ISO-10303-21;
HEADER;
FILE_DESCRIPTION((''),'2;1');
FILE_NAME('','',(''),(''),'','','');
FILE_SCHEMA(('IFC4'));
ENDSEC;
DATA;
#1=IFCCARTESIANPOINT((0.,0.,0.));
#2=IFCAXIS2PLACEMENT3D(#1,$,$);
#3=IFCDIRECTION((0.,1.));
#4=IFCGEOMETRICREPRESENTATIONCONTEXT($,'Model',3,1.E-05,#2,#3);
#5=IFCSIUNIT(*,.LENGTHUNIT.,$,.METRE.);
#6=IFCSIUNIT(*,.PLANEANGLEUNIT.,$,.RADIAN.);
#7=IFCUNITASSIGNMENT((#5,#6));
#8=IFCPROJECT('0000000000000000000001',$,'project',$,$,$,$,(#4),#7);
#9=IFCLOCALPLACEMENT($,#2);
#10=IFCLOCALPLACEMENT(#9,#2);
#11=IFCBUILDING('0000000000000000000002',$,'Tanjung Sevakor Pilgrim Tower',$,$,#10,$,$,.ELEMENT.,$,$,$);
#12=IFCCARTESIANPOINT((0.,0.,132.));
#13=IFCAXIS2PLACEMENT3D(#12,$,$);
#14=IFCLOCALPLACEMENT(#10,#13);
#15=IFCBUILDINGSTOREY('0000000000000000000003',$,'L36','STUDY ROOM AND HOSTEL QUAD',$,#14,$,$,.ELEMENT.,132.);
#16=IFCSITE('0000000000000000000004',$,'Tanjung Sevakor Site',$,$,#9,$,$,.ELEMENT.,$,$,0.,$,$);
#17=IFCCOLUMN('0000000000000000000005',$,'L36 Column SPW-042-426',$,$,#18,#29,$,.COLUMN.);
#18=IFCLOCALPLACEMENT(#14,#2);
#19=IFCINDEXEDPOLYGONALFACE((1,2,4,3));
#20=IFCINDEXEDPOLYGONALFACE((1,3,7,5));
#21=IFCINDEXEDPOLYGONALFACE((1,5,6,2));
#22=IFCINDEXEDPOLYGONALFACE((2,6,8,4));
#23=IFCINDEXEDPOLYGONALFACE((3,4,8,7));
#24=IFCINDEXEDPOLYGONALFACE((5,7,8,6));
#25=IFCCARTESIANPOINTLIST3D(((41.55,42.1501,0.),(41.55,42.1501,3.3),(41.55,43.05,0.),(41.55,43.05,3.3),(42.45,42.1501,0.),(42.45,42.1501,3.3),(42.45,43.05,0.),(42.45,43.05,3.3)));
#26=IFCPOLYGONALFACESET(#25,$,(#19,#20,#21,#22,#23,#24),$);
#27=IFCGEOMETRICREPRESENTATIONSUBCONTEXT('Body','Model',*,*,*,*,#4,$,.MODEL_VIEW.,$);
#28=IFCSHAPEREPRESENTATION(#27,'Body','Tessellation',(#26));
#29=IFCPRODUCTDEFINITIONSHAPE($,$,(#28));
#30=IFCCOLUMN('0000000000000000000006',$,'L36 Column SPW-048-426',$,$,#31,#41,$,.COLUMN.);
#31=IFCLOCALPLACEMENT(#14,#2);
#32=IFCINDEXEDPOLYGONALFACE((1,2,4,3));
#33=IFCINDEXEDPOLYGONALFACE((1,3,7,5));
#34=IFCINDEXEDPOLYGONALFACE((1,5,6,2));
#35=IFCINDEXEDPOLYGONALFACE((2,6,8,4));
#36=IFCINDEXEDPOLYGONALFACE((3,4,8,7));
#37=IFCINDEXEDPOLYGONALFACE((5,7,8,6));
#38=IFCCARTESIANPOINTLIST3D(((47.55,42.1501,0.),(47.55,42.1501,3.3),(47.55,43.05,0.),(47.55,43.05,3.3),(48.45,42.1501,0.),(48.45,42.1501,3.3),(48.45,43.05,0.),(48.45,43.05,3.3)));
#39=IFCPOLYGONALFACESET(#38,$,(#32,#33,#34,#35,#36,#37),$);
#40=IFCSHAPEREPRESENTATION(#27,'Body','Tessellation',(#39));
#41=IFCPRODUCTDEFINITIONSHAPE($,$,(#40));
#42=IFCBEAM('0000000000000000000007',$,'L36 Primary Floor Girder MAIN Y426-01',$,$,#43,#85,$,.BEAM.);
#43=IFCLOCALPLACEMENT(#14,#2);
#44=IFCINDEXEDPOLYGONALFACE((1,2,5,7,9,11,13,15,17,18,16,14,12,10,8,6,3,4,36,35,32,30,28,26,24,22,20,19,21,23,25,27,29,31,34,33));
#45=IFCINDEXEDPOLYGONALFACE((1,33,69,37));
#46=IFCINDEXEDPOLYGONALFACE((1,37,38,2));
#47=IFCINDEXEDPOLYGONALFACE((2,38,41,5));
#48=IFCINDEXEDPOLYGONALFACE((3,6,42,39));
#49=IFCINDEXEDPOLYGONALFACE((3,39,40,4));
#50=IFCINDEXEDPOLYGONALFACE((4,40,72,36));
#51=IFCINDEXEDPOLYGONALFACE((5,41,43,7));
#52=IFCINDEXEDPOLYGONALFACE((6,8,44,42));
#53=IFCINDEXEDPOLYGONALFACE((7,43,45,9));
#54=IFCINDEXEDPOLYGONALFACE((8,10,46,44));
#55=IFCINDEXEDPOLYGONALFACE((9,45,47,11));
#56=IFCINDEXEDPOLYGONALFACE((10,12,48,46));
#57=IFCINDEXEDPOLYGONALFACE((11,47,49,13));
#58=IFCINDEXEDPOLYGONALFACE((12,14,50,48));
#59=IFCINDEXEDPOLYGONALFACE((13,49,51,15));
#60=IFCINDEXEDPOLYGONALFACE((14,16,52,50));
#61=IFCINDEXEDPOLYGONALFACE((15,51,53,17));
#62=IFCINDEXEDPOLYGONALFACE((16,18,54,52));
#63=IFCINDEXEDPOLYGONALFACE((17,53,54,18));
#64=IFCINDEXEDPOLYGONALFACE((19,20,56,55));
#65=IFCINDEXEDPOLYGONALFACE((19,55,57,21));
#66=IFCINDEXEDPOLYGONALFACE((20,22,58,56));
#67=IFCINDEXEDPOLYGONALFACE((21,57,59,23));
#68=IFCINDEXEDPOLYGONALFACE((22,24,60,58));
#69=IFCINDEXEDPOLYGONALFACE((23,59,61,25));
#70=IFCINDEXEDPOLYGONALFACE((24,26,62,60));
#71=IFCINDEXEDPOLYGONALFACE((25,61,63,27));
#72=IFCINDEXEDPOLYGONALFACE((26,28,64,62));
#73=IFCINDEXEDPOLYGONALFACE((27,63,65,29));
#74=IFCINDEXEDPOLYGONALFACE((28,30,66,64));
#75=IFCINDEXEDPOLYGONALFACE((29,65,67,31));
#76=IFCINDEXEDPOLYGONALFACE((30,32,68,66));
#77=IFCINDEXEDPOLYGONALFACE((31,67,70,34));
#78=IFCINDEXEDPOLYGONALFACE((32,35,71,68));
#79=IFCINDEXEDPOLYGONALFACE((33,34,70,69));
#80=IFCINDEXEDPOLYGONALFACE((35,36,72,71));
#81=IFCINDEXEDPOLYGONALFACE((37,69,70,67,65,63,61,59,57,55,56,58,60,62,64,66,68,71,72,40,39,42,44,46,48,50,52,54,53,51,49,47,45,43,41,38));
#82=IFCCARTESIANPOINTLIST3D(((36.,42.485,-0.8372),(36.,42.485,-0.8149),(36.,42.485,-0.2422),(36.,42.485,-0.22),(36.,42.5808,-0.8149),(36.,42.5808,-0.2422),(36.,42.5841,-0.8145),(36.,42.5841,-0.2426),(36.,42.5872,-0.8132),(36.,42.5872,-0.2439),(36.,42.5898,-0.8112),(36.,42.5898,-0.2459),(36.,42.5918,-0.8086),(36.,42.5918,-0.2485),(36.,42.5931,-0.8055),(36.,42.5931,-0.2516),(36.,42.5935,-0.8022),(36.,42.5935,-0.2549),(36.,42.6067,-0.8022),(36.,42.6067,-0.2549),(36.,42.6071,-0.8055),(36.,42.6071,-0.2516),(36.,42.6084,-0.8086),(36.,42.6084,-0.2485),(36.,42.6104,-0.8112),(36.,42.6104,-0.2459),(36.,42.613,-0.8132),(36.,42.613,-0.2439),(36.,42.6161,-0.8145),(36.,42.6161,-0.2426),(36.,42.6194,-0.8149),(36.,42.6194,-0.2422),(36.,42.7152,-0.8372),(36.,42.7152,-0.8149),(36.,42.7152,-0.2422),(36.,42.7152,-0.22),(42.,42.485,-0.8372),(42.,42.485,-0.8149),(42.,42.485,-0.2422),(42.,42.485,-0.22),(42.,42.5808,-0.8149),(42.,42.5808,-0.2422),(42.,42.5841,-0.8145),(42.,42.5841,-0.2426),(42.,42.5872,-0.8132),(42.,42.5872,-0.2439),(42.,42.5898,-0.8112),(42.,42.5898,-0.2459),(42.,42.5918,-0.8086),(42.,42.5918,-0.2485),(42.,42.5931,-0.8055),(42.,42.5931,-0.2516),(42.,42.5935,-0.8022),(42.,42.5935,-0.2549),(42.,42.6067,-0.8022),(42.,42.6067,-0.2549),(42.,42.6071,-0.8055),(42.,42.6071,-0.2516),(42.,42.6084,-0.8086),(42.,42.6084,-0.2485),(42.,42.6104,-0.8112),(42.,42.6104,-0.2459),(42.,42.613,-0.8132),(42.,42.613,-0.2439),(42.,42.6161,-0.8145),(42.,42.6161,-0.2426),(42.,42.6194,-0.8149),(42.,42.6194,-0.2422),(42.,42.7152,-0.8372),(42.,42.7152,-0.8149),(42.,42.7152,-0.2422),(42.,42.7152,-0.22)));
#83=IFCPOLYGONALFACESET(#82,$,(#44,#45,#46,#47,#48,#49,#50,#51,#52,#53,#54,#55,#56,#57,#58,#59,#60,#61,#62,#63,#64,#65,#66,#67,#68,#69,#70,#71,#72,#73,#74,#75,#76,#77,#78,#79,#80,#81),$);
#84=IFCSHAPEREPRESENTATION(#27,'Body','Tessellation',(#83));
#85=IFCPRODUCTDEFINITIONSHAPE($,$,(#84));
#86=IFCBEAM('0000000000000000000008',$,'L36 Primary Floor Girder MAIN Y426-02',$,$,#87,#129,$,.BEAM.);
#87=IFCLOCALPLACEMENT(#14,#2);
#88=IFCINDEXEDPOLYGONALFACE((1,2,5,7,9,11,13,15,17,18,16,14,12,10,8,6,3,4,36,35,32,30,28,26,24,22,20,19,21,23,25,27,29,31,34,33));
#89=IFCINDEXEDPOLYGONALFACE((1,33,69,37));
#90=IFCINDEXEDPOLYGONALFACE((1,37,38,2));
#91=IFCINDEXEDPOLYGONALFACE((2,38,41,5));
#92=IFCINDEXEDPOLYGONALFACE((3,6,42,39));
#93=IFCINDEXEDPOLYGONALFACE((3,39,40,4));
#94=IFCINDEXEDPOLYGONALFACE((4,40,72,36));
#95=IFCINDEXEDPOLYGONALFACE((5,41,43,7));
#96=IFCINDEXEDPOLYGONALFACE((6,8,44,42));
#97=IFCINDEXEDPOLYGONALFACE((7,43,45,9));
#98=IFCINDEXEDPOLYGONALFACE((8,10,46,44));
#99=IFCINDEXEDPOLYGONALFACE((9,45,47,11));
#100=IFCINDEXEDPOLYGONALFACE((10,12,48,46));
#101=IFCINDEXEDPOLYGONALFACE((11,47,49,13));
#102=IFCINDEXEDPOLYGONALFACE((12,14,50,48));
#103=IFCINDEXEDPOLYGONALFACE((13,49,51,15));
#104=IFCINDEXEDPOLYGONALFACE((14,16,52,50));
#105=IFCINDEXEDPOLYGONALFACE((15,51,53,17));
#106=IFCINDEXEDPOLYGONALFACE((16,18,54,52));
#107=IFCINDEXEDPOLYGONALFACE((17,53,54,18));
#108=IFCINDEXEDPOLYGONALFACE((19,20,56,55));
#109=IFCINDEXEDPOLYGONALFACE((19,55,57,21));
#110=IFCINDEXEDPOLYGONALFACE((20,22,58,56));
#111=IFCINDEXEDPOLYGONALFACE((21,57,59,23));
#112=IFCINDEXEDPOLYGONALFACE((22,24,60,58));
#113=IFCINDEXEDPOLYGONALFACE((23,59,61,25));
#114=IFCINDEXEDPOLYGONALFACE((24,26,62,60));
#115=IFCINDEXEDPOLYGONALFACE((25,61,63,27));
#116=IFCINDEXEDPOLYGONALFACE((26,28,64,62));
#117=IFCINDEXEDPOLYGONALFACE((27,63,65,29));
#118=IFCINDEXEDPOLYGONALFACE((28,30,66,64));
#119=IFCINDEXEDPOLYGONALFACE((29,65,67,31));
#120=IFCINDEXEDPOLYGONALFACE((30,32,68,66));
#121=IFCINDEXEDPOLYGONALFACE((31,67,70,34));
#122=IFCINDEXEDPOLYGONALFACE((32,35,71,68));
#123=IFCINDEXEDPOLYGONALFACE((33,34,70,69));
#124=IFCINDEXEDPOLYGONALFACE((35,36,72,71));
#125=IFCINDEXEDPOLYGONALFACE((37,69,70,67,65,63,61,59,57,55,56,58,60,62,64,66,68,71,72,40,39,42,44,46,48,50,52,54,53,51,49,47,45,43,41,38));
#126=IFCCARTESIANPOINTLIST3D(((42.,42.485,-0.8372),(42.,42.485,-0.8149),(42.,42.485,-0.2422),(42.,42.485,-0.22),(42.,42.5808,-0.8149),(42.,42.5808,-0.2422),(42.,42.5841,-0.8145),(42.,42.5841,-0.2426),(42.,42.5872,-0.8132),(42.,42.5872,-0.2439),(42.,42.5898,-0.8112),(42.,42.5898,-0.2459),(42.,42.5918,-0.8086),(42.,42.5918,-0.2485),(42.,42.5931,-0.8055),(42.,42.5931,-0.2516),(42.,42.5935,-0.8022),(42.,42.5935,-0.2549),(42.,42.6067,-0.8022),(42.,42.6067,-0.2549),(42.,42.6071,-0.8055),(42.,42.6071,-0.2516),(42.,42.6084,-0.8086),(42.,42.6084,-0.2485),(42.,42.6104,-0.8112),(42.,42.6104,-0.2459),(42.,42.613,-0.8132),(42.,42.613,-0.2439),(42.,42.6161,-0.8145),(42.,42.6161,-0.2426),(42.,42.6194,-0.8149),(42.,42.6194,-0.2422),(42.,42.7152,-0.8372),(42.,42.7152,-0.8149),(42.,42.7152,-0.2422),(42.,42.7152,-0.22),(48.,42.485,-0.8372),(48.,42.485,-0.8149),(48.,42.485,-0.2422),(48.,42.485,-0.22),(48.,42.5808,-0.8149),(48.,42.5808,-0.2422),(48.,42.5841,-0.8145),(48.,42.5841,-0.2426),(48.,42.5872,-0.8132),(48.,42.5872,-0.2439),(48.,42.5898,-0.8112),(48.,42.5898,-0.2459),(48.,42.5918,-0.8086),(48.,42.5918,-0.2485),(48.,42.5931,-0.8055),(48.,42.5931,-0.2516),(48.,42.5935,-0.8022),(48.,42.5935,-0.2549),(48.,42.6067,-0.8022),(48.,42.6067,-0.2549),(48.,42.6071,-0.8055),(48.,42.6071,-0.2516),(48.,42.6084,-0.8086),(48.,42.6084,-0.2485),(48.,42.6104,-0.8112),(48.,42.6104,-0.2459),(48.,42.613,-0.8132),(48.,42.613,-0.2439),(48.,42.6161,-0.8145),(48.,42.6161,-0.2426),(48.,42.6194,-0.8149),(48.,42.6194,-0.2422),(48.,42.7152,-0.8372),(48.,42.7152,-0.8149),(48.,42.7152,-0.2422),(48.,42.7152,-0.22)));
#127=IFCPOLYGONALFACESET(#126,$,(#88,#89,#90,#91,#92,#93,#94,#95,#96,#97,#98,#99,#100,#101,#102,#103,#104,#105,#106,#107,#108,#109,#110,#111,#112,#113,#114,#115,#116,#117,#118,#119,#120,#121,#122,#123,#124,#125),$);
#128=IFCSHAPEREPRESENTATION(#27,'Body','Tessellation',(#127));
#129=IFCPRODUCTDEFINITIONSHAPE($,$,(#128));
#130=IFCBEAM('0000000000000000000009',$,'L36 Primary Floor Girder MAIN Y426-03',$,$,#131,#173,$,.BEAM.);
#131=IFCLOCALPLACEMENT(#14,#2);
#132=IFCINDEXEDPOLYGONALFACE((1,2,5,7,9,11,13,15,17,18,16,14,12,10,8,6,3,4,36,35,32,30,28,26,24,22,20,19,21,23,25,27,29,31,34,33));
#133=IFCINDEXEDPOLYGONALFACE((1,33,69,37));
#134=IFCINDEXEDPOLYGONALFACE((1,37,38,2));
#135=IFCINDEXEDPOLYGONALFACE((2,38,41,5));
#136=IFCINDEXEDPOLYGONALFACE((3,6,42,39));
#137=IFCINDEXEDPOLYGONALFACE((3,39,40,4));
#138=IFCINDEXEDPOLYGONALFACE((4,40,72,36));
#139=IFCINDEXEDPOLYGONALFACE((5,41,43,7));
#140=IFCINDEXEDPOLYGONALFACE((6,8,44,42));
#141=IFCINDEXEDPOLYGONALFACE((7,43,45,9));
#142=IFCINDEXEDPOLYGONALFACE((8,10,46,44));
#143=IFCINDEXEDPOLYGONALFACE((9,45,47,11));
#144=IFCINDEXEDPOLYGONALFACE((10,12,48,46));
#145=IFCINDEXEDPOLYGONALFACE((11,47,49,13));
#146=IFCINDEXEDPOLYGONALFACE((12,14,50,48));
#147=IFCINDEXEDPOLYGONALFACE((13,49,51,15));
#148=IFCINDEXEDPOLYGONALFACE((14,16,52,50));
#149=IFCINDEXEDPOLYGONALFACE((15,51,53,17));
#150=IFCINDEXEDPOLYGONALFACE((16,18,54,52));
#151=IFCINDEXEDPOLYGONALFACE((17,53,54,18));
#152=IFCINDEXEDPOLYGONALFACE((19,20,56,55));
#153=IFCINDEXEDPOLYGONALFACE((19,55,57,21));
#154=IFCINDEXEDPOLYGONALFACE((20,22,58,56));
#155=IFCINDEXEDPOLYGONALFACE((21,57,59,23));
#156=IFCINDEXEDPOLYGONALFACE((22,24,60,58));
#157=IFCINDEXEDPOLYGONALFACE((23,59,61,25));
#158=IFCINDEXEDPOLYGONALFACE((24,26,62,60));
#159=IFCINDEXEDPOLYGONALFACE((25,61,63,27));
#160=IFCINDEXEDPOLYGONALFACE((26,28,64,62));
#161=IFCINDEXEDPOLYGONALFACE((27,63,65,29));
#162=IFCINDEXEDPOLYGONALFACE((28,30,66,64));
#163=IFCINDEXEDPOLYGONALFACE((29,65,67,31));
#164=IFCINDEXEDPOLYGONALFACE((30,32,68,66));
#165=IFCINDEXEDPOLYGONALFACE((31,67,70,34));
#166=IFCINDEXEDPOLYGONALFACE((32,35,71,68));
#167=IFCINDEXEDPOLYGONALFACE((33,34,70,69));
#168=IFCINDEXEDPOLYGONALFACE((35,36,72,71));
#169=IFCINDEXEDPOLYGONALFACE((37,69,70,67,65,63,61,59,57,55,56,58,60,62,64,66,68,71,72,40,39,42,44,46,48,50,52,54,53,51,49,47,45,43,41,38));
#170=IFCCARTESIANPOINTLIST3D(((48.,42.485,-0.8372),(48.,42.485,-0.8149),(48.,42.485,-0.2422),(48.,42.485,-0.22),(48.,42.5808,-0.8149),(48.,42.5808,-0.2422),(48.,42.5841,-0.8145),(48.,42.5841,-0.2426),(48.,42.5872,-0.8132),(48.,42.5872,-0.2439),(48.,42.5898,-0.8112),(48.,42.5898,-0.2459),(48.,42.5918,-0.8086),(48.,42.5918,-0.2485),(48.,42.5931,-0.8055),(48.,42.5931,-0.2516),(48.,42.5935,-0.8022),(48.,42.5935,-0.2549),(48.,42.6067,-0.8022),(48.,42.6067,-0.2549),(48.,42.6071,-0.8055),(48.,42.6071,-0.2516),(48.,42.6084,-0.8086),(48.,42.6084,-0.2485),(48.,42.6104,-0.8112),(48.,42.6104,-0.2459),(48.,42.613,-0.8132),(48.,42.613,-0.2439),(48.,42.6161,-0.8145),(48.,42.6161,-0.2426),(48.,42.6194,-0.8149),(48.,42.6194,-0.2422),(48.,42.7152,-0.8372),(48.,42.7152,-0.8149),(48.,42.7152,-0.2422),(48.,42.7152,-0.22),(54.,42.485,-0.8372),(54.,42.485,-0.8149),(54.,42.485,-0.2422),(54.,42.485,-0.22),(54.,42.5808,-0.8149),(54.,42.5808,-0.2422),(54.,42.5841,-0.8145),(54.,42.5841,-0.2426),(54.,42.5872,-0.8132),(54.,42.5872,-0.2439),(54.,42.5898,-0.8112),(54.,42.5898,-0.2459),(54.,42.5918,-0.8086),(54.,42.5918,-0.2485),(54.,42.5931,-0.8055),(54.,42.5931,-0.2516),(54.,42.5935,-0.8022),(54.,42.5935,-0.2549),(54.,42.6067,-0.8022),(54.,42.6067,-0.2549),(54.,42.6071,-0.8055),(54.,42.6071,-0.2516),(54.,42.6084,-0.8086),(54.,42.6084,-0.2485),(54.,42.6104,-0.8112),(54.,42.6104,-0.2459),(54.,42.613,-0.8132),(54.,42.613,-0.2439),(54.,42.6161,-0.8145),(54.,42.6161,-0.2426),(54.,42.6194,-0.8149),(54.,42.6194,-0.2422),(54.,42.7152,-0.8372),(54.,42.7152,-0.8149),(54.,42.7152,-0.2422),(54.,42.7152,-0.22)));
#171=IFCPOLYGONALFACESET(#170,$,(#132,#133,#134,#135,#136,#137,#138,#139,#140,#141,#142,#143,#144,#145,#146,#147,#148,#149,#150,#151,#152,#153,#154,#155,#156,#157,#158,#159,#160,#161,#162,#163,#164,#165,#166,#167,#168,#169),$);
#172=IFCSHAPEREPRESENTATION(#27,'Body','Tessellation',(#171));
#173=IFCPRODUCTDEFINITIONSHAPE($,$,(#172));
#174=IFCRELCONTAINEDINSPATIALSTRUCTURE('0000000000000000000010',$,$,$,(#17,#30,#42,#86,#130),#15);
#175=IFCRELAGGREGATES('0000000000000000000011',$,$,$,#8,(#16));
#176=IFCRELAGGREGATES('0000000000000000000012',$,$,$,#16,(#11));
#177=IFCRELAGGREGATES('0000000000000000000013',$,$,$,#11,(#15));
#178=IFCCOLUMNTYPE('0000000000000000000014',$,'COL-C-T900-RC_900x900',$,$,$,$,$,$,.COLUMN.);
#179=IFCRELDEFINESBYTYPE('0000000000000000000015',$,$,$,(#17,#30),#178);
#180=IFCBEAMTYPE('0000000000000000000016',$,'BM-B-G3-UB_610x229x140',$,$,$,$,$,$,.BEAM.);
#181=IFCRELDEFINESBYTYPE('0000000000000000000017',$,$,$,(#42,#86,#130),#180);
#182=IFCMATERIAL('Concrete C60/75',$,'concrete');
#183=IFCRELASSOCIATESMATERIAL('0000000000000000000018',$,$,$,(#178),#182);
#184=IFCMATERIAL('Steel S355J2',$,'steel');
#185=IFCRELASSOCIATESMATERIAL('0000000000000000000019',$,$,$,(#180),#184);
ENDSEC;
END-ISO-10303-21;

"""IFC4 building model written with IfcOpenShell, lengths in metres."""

from ifc_helpers import new_model, si_unit, direction, frame, origin, origin_2d, place, context, subcontext, project, spatial, rectangle, i_section, extrude, material, material_profile, profile_set, type_object, element, save


model = new_model("IFC4")

# Units and contexts
model_context = context("Model", 3, precision=1e-05, world=origin(), true_north=direction((0.0, 1.0)))
body_context = subcontext(model_context, "Body", "Model", "MODEL_VIEW")
ifc_project = project(units=[si_unit("LENGTHUNIT", "METRE"), si_unit("PLANEANGLEUNIT", "RADIAN")], contexts=[model_context])

# Site, building, storey
site_placement = place(None, origin())
site = spatial("IfcSite", under=ifc_project, at=site_placement, Name="Tanjung Sevakor Site", CompositionType="ELEMENT", RefElevation=0.0)
building_placement = place(site_placement, origin())
building = spatial("IfcBuilding", under=site, at=building_placement, Name="Tanjung Sevakor Pilgrim Tower", CompositionType="ELEMENT")
storey_placement = place(building_placement, frame((0.0, 0.0, 132.0)))
storey = spatial("IfcBuildingStorey", under=building, at=storey_placement, Name="L36", Description="STUDY ROOM AND HOSTEL QUAD", CompositionType="ELEMENT", Elevation=132.0)

# Columns
ifc_material_1 = material(Name="Concrete C60/75", Category="concrete")
ifc_material_profile_1 = material_profile(ifc_material_1, rectangle(XDim=0.8999, YDim=0.8999, at=origin_2d()))
ifc_profile_set_1 = profile_set([ifc_material_profile_1], Name="Concrete C60/75")
column_type = type_object("IfcColumnType", Name="COL-C-T900-RC_900x900", PredefinedType="COLUMN", material=ifc_profile_set_1)
for number, where, z_axis, x_axis, name in (
    (1, (42.0, 42.6001, 0.0), (0.0, 0.0, 1.0), (1.0, 0.0, 0.0), "L36 Column SPW-042-426"),
    (2, (48.0, 42.6001, 0.0), (0.0, 0.0, 1.0), (1.0, 0.0, 0.0), "L36 Column SPW-048-426"),
):
    element("IfcColumn", number, at=place(storey_placement, frame(where, z_axis=z_axis, x_axis=x_axis)), inside=storey, type_object=column_type, Name=name, PredefinedType="COLUMN", context=body_context, shape_type="SweptSolid", body=[
        extrude(rectangle(XDim=0.8999, YDim=0.8999, at=origin_2d()), origin(), (0.0, 0.0, 1.0), 3.3),
    ])

# Beams
ifc_material_2 = material(Name="Steel S355J2", Category="steel")
ifc_material_profile_2 = material_profile(ifc_material_2, i_section(OverallWidth=0.2302, OverallDepth=0.6172, WebThickness=0.0132, FlangeThickness=0.0222, FilletRadius=0.0127, at=origin_2d()))
ifc_profile_set_2 = profile_set([ifc_material_profile_2], Name="Steel S355J2")
beam_type_1 = type_object("IfcBeamType", Name="BM-B-G3-UB_610x229x140", PredefinedType="BEAM", material=ifc_profile_set_2)
for number, where, z_axis, x_axis, name in (
    (3, (36.0, 42.6001, -0.5286), (1.0, 0.0, 0.0), (0.0, 1.0, 0.0), "L36 Primary Floor Girder MAIN Y426-01"),
    (4, (42.0, 42.6001, -0.5286), (1.0, 0.0, 0.0), (0.0, 1.0, 0.0), "L36 Primary Floor Girder MAIN Y426-02"),
    (5, (48.0, 42.6001, -0.5286), (1.0, 0.0, 0.0), (0.0, 1.0, 0.0), "L36 Primary Floor Girder MAIN Y426-03"),
):
    element("IfcBeam", number, at=place(storey_placement, frame(where, z_axis=z_axis, x_axis=x_axis)), inside=storey, type_object=beam_type_1, Name=name, PredefinedType="BEAM", context=body_context, shape_type="SweptSolid", body=[
        extrude(i_section(OverallWidth=0.2302, OverallDepth=0.6172, WebThickness=0.0132, FlangeThickness=0.0222, FilletRadius=0.0127, at=origin_2d()), origin(), (0.0, 0.0, 1.0), 6.0),
    ])

save(model, "model.ifc")
